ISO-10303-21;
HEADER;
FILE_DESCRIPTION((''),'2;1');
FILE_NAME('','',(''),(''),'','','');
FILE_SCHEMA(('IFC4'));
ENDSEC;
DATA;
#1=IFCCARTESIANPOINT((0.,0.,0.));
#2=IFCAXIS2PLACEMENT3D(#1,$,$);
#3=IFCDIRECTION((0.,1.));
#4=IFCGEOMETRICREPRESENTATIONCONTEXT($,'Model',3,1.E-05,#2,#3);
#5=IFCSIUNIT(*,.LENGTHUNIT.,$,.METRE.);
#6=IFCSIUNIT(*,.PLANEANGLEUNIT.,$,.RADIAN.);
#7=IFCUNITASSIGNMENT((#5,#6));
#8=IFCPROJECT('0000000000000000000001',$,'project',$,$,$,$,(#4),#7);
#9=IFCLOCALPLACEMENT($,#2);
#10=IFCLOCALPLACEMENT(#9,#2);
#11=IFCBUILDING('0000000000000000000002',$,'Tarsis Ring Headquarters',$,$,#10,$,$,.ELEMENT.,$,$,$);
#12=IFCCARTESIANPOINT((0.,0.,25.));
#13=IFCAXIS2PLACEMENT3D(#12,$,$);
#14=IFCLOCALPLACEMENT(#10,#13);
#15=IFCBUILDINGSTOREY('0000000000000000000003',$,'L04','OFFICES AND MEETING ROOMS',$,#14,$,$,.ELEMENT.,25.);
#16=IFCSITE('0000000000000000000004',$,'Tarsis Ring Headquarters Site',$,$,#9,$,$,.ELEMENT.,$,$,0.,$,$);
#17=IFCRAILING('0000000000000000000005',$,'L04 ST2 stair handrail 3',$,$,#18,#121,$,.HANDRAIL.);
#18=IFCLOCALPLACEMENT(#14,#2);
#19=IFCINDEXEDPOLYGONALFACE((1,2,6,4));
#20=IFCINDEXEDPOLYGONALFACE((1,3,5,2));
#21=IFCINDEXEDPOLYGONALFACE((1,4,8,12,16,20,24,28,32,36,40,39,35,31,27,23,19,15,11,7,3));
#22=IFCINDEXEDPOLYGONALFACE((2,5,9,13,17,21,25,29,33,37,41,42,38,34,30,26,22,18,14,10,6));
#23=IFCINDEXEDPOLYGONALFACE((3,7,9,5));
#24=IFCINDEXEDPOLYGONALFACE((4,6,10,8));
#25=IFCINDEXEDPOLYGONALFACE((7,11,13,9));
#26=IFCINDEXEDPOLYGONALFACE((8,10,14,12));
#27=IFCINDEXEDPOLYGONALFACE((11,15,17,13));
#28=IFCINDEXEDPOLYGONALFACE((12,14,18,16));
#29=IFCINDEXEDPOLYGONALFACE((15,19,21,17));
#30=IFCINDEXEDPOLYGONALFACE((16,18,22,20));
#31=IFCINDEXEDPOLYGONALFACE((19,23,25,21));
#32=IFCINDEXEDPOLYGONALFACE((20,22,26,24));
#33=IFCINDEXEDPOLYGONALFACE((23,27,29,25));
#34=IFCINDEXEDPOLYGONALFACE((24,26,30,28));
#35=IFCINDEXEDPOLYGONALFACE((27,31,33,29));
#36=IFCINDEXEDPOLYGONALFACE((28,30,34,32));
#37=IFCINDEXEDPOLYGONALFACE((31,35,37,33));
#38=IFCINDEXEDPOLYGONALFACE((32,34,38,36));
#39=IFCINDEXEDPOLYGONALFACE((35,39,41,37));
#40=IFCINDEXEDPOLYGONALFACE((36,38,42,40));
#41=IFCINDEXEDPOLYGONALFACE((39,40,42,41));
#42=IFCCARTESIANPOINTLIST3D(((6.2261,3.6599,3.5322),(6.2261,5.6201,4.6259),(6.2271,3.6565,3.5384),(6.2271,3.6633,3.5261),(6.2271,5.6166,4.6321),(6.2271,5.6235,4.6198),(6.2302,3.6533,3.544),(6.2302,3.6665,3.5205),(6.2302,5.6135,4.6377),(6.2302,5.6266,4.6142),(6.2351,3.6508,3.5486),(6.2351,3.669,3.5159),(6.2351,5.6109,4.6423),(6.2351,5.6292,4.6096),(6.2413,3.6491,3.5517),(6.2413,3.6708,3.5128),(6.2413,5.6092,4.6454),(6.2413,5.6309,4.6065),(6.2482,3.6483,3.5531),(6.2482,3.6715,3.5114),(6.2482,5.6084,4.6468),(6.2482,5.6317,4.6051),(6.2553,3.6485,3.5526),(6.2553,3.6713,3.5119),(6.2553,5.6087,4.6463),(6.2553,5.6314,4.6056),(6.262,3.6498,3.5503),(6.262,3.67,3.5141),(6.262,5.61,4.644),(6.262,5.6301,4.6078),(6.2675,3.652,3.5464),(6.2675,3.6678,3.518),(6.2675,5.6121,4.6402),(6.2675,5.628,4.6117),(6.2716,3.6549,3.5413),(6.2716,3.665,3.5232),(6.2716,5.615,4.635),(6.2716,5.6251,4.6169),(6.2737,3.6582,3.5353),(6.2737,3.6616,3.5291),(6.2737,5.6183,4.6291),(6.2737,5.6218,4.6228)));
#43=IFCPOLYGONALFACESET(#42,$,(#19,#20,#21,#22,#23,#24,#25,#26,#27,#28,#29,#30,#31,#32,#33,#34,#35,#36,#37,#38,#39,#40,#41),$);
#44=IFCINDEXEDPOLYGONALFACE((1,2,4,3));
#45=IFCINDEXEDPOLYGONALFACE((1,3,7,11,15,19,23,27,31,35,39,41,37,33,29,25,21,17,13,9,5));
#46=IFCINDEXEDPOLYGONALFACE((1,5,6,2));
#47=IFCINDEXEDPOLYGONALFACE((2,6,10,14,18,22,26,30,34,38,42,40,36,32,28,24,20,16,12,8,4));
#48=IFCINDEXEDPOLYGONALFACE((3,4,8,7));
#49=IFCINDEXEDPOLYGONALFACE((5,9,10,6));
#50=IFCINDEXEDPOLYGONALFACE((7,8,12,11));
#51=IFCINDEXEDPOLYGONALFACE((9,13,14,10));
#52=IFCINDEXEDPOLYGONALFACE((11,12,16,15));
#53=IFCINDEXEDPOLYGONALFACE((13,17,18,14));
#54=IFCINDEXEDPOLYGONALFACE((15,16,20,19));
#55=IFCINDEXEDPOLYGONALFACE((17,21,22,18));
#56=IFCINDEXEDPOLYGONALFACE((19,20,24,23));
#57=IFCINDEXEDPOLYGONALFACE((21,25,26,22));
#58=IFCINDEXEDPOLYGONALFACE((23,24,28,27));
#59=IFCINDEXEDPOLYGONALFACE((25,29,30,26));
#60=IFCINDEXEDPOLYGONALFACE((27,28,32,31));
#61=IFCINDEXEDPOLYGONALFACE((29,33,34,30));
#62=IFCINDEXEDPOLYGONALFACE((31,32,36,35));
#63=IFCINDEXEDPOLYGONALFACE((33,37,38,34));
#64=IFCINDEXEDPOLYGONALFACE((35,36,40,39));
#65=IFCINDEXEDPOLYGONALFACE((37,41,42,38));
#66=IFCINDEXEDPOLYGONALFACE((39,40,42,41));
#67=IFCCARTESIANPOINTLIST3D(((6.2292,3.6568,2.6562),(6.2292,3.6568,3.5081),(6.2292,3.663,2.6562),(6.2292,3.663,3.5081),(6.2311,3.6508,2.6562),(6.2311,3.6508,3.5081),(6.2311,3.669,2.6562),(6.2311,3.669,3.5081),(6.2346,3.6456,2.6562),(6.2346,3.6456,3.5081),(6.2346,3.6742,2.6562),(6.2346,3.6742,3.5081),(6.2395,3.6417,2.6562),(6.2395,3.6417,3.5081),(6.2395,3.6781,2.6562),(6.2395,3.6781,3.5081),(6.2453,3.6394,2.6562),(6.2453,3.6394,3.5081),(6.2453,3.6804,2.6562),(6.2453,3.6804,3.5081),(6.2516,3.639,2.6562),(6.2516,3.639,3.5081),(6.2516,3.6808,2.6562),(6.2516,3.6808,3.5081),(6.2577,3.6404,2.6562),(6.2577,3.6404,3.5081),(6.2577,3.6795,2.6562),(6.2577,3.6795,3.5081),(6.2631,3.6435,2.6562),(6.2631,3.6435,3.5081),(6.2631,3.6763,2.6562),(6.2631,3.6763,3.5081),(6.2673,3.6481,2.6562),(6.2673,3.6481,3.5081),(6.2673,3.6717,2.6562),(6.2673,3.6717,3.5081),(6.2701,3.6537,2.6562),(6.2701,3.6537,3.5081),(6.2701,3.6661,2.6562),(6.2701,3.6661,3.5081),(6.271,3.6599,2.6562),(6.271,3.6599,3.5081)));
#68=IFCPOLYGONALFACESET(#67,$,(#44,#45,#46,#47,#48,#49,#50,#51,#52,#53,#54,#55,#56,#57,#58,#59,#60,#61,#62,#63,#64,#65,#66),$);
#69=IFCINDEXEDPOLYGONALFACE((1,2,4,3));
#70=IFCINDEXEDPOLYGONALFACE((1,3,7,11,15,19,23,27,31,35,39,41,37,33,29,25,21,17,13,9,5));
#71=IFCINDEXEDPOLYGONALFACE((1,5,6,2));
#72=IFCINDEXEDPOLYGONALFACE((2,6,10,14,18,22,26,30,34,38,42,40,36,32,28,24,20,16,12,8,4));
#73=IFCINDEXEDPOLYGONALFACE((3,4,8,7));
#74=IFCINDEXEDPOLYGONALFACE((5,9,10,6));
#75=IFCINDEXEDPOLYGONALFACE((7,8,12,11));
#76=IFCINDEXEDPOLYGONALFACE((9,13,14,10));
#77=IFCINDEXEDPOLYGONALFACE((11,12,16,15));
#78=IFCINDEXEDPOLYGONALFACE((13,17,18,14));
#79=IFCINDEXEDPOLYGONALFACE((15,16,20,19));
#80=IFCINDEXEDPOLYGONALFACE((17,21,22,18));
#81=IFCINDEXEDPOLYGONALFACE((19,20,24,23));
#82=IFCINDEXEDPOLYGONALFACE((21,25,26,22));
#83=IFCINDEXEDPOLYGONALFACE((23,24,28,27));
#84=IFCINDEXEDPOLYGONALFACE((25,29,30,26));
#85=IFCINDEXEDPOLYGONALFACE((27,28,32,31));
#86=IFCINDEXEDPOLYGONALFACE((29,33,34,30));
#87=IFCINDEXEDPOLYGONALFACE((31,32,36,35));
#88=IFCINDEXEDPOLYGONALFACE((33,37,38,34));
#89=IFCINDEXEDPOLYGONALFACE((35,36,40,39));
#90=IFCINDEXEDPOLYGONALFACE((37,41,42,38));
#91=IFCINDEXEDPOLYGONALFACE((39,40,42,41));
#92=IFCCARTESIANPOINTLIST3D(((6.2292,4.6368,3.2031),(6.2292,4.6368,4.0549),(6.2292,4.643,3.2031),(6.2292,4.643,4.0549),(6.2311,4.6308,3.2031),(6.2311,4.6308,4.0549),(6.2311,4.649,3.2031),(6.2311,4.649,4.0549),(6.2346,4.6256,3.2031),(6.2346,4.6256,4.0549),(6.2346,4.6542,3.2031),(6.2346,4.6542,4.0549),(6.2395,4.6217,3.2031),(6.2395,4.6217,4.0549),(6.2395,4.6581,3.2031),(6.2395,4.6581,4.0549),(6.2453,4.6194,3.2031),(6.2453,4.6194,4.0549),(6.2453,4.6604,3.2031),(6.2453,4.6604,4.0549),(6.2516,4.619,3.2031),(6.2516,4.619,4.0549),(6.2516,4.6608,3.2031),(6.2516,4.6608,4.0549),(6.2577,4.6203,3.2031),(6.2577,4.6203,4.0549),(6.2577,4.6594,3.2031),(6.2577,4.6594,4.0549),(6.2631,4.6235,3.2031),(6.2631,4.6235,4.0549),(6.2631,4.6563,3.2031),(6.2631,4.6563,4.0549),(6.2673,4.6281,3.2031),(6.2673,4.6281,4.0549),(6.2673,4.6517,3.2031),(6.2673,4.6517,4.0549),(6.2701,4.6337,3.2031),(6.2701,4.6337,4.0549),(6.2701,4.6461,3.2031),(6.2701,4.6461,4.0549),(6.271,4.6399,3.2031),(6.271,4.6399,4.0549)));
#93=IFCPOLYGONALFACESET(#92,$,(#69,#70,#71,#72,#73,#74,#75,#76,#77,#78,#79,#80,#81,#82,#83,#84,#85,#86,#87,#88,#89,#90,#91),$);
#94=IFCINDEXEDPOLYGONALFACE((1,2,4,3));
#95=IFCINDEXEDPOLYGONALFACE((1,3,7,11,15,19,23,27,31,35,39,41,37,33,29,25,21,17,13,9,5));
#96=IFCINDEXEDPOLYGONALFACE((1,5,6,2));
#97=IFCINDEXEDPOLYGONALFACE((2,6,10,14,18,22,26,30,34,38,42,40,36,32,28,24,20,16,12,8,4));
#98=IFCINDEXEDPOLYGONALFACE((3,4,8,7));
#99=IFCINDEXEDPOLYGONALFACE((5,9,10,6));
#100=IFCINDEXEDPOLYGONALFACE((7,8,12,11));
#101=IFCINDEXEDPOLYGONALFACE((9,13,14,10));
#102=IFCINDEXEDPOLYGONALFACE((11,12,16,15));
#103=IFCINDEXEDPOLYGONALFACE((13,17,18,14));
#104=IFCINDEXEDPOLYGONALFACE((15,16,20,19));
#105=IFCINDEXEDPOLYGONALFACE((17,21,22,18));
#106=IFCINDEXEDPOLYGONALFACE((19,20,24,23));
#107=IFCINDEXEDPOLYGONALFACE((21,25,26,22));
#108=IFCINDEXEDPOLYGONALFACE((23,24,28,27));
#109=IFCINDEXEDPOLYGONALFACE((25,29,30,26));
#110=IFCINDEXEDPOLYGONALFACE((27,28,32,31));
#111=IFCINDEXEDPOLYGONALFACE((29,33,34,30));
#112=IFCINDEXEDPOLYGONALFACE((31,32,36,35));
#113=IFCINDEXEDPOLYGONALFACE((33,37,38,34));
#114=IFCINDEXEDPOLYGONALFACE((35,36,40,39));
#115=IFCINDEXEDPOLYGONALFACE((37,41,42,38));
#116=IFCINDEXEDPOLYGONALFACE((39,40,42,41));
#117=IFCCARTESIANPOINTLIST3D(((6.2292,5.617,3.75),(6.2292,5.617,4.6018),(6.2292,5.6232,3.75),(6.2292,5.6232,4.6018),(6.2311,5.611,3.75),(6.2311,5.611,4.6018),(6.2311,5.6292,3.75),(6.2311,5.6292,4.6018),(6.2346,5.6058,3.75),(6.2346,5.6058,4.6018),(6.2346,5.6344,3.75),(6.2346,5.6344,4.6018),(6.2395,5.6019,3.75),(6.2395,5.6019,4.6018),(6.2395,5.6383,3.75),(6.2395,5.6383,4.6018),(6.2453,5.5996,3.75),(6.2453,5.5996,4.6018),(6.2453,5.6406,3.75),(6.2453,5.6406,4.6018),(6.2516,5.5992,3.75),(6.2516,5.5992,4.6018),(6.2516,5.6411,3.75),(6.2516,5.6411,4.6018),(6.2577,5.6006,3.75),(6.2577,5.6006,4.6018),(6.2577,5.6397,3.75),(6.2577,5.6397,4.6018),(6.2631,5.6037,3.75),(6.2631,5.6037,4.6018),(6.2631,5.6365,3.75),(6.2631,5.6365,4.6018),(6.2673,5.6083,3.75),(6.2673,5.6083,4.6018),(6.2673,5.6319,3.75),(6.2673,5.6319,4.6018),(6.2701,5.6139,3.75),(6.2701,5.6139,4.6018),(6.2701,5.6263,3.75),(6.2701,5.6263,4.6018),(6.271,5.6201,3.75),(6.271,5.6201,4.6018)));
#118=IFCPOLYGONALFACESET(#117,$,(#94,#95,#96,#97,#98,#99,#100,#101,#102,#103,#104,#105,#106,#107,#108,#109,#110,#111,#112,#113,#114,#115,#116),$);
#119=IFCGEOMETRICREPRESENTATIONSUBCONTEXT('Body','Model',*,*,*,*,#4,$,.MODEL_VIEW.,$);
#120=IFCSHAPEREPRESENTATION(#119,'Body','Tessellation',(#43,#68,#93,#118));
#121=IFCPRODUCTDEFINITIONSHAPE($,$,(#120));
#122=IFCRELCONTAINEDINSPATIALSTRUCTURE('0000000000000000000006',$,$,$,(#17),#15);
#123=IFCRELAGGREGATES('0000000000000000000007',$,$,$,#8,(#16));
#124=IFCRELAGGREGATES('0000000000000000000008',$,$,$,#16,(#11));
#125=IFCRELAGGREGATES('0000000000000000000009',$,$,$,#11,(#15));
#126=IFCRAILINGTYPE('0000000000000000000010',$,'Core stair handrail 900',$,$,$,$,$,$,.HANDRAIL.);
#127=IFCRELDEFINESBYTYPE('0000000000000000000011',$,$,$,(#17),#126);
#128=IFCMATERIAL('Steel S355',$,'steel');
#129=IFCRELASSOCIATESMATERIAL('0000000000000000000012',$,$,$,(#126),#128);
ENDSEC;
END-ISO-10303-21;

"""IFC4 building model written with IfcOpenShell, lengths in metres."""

from ifc_helpers import new_model, si_unit, direction, frame, origin, origin_2d, place, context, subcontext, project, spatial, circle, extrude, material, type_object, element, save


model = new_model("IFC4")

# Units and contexts
model_context = context("Model", 3, precision=1e-05, world=origin(), true_north=direction((0.0, 1.0)))
body_context = subcontext(model_context, "Body", "Model", "MODEL_VIEW")
ifc_project = project(units=[si_unit("LENGTHUNIT", "METRE"), si_unit("PLANEANGLEUNIT", "RADIAN")], contexts=[model_context])

# Site, building, storey
site_placement = place(None, origin())
site = spatial("IfcSite", under=ifc_project, at=site_placement, Name="Tarsis Ring Headquarters Site", CompositionType="ELEMENT", RefElevation=0.0)
building_placement = place(site_placement, origin())
building = spatial("IfcBuilding", under=site, at=building_placement, Name="Tarsis Ring Headquarters", CompositionType="ELEMENT")
storey_placement = place(building_placement, frame((0.0, 0.0, 25.0)))
storey = spatial("IfcBuildingStorey", under=building, at=storey_placement, Name="L04", Description="OFFICES AND MEETING ROOMS", CompositionType="ELEMENT", Elevation=25.0)

# Railing
ifc_material_1 = material(Name="Steel S355", Category="steel")
railing_type_1 = type_object("IfcRailingType", Name="Core stair handrail 900", PredefinedType="HANDRAIL", material=ifc_material_1)
railing_1_placement = place(storey_placement, frame((6.25, 3.6599, 2.6562)))
element("IfcRailing", 1, at=railing_1_placement, inside=storey, type_object=railing_type_1, Name="L04 ST2 stair handrail 3", PredefinedType="HANDRAIL", context=body_context, shape_type="SweptSolid", body=[
    extrude(circle(Radius=0.0239, at=origin_2d()), frame((0.0, 0.0, 0.876), z_axis=(0.0, 0.873258, 0.487258), x_axis=(-1.0, 0.0, 0.0)), (0.0, 0.0, 1.0), 2.2446),
    extrude(circle(Radius=0.021, at=origin_2d()), origin(), (0.0, 0.0, 1.0), 0.8518),
    extrude(circle(Radius=0.021, at=origin_2d()), frame((0.0, 0.98, 0.5469)), (0.0, 0.0, 1.0), 0.8518),
    extrude(circle(Radius=0.021, at=origin_2d()), frame((0.0, 1.9602, 1.0938)), (0.0, 0.0, 1.0), 0.8518),
])

save(model, "model.ifc")
